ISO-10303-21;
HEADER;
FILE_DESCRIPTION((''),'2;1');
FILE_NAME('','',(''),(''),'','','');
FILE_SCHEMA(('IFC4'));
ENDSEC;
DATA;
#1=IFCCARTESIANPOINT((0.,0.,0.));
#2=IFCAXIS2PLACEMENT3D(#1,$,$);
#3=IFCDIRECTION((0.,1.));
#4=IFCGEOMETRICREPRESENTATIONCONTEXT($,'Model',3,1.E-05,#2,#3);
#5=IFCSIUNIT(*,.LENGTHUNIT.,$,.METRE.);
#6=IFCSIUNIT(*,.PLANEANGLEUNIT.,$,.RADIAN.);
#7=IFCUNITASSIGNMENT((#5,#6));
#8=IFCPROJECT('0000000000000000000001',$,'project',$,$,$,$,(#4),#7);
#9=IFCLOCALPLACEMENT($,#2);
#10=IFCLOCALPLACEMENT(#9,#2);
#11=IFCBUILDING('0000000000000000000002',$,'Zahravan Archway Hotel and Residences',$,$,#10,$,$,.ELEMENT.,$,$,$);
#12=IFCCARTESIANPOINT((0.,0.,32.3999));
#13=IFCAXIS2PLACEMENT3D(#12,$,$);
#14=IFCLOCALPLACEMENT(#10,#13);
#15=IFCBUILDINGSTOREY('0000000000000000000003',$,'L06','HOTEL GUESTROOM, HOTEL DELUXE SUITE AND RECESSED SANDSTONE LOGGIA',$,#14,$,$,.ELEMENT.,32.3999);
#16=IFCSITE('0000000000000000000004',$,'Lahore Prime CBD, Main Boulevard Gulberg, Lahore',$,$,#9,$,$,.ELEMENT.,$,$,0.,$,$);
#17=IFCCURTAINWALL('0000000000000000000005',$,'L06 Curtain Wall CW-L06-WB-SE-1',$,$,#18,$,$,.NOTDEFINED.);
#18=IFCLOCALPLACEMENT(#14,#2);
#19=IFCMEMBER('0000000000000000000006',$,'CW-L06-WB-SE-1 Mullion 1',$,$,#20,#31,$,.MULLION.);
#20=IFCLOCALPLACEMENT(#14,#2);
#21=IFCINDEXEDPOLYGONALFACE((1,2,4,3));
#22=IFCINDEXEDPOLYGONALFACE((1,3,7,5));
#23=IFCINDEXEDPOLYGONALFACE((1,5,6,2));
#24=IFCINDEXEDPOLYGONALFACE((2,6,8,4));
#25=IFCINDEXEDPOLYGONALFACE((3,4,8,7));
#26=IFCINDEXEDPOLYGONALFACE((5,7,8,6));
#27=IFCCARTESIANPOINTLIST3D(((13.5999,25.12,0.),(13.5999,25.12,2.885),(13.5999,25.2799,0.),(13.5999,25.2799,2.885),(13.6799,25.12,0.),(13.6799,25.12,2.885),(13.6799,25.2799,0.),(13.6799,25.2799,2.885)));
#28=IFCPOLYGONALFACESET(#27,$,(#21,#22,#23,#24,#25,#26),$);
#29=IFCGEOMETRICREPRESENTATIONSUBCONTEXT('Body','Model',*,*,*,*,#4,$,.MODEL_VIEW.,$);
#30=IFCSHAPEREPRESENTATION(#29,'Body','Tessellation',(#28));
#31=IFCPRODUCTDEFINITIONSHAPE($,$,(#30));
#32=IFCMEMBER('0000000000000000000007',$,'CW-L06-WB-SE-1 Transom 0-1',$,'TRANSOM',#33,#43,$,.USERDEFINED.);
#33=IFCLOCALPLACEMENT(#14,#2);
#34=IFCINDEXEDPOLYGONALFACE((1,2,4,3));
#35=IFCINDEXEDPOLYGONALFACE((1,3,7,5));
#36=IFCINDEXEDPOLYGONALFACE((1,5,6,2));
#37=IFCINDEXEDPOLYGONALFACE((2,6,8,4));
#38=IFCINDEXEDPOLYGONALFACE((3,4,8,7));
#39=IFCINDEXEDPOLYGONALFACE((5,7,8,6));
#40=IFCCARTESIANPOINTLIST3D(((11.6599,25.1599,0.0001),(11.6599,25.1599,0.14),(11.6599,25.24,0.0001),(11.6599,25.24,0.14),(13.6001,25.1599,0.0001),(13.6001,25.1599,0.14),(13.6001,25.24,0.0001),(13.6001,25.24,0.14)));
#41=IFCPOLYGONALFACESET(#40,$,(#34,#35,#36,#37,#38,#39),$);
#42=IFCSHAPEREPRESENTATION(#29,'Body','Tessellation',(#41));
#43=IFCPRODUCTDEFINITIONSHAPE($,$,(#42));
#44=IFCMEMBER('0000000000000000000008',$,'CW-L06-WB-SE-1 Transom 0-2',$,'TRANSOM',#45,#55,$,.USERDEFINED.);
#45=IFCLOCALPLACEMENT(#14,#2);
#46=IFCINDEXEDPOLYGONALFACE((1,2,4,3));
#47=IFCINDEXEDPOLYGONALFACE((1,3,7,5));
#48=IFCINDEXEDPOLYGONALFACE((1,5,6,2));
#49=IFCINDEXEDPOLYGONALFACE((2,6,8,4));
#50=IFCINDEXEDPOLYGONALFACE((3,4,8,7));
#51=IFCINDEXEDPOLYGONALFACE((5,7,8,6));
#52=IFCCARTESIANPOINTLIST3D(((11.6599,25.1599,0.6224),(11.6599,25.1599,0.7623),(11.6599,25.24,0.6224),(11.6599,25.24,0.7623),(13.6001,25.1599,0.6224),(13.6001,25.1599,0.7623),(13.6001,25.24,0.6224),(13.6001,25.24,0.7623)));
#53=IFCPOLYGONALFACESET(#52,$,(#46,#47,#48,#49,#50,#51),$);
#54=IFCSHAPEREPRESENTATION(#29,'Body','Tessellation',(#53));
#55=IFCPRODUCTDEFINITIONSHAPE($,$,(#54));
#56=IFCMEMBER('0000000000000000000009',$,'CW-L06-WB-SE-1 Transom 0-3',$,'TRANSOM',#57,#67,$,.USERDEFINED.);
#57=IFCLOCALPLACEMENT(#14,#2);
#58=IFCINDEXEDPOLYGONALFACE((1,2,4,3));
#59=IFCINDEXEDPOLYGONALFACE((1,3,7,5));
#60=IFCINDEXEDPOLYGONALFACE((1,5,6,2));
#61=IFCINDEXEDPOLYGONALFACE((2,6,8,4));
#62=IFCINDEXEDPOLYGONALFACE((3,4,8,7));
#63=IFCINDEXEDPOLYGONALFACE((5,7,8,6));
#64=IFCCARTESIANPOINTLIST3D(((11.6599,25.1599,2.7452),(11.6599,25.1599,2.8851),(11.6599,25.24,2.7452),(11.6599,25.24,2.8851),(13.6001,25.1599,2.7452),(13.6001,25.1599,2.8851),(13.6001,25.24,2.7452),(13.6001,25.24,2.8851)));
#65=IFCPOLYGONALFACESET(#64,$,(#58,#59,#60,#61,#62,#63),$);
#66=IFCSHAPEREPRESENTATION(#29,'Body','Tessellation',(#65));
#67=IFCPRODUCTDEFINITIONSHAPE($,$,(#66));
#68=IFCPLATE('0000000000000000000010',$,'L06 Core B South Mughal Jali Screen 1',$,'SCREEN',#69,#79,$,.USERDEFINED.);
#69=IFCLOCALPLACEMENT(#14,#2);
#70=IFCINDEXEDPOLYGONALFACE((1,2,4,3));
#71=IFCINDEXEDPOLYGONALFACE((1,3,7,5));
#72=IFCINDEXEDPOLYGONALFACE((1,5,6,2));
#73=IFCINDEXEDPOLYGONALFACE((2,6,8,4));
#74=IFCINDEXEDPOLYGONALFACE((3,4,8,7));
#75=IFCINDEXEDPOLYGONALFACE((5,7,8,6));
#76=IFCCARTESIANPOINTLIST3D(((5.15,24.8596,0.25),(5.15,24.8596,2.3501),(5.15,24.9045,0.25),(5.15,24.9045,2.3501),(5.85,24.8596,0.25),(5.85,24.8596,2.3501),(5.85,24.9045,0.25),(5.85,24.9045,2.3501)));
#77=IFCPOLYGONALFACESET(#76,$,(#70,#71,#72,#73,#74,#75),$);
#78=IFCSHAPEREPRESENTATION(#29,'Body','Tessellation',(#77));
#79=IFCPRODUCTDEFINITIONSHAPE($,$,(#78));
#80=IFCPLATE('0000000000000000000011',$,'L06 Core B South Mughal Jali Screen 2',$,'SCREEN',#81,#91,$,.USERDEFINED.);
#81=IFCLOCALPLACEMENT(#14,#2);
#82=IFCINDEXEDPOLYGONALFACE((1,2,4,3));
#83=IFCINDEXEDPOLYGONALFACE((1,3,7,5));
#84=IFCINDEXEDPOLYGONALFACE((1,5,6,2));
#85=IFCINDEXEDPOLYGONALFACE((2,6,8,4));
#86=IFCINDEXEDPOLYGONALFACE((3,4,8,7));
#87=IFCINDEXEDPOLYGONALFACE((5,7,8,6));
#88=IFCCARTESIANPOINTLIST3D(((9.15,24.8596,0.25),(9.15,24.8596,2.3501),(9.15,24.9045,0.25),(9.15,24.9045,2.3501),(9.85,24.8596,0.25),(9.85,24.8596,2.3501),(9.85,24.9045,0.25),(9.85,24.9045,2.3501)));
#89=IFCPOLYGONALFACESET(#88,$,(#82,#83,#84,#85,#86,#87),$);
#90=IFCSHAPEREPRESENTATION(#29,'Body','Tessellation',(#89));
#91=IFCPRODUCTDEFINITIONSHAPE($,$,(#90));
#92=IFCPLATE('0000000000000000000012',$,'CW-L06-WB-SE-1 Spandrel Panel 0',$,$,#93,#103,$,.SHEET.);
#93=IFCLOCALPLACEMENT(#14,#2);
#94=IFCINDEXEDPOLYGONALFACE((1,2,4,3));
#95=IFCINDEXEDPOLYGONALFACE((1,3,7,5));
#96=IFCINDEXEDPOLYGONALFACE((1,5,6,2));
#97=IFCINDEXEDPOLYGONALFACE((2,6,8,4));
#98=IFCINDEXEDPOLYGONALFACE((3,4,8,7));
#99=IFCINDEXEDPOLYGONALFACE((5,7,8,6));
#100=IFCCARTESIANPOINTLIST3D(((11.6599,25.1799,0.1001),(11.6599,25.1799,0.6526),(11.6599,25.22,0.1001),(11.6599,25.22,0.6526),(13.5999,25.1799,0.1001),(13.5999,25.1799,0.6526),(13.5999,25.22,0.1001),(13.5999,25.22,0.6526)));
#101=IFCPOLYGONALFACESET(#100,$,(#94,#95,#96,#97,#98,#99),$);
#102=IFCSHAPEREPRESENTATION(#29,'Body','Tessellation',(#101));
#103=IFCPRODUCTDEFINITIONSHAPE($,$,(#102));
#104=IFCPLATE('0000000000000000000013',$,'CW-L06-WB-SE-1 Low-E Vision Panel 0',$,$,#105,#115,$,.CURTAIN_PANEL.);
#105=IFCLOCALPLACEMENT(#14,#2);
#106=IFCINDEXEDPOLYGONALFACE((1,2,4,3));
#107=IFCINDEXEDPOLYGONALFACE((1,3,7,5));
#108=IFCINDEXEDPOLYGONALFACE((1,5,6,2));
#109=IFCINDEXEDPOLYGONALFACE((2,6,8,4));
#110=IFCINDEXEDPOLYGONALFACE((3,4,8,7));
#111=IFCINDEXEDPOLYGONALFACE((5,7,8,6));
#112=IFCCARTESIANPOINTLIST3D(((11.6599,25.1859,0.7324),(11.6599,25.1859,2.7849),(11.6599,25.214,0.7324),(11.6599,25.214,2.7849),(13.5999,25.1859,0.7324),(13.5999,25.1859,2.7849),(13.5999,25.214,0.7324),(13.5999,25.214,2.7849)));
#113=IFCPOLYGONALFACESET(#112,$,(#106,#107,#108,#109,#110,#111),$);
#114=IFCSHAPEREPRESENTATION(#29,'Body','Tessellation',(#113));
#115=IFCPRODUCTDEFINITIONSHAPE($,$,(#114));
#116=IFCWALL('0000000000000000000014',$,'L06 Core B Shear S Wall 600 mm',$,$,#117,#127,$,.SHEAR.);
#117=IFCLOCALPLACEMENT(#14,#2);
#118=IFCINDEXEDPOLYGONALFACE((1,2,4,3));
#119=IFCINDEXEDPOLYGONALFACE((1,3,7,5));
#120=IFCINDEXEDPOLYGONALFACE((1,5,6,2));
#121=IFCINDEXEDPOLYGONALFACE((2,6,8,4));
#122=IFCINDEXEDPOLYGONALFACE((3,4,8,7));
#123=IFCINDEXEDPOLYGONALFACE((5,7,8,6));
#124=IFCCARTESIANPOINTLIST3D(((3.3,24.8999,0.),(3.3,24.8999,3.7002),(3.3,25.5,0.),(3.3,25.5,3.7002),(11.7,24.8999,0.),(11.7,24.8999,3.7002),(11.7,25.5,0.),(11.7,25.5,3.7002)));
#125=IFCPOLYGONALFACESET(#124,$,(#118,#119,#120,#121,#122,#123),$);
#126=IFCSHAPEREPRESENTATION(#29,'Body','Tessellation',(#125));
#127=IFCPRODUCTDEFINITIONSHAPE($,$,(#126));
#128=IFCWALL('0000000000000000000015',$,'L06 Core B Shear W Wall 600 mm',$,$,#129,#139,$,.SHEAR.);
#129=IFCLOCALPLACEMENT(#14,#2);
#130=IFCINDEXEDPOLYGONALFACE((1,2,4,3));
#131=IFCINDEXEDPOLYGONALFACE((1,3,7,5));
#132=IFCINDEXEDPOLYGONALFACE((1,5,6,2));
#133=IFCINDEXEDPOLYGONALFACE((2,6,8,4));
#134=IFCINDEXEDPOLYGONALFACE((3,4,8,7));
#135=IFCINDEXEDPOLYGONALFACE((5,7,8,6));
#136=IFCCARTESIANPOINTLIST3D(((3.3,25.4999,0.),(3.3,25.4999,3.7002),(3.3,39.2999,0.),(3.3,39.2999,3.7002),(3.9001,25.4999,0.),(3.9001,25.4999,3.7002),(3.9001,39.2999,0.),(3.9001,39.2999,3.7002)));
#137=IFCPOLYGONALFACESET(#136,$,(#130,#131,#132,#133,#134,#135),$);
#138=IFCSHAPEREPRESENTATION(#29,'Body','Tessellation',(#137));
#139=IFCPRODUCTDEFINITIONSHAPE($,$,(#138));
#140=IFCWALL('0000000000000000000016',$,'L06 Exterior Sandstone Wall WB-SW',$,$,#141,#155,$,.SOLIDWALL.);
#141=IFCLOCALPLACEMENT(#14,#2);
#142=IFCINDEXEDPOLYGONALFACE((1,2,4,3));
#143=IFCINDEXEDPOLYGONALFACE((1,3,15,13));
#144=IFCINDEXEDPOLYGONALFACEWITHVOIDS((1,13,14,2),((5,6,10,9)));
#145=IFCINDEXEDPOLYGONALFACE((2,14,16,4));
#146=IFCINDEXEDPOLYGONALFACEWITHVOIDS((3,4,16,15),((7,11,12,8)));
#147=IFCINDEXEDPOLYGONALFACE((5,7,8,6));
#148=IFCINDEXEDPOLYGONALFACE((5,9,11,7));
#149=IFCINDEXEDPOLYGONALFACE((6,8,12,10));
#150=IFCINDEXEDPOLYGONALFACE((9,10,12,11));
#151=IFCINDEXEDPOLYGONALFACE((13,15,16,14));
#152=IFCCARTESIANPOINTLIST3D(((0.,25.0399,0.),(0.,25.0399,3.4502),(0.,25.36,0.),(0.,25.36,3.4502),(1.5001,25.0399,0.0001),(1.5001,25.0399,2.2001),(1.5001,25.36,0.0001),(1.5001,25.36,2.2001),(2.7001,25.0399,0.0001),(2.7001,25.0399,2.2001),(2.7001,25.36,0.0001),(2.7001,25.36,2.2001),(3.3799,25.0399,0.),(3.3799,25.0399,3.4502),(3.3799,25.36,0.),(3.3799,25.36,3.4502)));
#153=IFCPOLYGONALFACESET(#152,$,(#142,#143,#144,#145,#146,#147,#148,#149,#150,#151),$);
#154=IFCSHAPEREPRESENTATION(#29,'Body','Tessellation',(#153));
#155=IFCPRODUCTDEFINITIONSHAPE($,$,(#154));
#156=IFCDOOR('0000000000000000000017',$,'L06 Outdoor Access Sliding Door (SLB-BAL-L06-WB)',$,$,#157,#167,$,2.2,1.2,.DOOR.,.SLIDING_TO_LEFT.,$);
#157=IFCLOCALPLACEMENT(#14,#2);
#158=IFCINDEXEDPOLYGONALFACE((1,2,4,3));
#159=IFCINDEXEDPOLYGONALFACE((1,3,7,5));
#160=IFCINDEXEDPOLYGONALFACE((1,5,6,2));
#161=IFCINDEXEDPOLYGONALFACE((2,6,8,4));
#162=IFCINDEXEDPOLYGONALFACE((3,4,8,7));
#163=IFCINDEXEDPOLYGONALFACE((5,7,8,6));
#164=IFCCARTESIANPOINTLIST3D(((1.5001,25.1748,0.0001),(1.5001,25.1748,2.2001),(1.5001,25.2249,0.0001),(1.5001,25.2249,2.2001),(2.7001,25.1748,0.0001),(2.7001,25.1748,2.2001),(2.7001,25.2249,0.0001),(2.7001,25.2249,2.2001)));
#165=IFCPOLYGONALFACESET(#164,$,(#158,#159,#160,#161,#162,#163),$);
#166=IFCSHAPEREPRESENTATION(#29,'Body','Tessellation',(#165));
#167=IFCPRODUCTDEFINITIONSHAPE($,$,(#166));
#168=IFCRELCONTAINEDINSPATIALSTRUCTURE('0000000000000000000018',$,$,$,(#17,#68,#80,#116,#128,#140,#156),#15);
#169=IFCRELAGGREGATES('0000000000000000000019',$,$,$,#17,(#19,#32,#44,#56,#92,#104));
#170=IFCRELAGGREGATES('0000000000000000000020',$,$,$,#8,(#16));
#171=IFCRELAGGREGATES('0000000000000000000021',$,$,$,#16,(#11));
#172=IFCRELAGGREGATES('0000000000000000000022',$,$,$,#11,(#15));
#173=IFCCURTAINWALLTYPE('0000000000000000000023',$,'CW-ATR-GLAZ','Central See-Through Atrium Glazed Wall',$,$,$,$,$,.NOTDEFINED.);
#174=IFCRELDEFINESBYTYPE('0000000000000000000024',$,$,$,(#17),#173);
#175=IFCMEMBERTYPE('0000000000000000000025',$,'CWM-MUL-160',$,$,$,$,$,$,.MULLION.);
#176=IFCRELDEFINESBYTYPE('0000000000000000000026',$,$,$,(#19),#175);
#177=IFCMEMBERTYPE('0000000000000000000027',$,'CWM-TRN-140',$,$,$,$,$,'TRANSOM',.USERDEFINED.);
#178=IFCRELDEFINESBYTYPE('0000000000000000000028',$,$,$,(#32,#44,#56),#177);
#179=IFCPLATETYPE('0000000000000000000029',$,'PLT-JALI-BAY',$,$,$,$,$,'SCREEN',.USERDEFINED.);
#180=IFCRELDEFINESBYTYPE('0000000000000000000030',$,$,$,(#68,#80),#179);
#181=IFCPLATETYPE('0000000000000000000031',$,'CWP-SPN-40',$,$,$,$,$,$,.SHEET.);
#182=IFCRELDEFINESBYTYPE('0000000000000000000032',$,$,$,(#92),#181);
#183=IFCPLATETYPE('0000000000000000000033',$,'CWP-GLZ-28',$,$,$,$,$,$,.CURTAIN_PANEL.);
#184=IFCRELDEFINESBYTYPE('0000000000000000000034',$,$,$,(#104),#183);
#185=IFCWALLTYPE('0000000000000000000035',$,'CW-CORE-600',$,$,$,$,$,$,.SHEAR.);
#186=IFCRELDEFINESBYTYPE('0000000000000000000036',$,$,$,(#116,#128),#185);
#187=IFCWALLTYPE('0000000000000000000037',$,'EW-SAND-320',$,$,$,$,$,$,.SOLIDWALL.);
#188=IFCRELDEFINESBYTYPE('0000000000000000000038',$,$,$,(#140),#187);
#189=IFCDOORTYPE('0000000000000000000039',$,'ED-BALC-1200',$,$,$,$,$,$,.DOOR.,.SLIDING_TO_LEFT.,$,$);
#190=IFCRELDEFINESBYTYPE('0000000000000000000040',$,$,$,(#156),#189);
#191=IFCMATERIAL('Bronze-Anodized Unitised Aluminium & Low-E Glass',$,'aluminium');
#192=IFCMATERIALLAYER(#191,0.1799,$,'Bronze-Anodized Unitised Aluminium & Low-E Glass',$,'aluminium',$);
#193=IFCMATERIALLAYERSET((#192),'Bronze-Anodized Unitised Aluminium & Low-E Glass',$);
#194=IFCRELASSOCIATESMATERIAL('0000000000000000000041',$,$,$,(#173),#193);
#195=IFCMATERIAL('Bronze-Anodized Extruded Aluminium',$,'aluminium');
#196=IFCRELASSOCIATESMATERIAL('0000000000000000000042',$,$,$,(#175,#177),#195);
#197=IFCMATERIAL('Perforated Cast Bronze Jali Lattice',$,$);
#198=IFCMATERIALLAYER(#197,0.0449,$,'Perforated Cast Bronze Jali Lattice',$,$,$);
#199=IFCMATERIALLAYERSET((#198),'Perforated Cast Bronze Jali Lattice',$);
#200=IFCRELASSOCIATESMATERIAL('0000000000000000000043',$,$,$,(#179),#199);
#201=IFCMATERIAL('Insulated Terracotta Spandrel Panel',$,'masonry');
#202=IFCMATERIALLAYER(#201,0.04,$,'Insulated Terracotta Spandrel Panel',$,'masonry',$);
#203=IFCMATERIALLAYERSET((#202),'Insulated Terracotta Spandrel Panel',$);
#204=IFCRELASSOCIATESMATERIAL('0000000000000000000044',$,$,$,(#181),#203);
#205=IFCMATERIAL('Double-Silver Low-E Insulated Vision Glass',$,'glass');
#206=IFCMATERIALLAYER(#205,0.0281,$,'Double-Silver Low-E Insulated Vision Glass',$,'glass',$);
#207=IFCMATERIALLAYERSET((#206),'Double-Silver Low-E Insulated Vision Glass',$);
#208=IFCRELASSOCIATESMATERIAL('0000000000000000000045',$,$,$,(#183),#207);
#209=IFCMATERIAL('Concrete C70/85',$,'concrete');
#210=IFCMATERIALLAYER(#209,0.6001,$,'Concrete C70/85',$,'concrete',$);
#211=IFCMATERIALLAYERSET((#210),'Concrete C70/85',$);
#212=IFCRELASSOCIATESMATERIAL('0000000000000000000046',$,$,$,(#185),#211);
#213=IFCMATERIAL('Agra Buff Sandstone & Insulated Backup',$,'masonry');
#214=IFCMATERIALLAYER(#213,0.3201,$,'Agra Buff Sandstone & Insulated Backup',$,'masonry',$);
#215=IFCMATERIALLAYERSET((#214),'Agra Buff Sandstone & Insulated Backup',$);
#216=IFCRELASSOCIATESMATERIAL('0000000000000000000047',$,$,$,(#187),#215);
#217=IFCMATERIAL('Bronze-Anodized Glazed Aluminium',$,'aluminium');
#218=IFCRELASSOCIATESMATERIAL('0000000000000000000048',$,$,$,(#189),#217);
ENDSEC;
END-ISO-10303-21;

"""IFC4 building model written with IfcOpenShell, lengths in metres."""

from ifc_helpers import new_model, si_unit, direction, frame, frame_2d, origin, origin_2d, place, context, subcontext, project, spatial, rectangle, extrude, source, transform, mapped, material, layer, layer_set, material_profile, profile_set, type_object, type_shapes, element, fill, aggregate, save


model = new_model("IFC4")

# Units and contexts
model_context = context("Model", 3, precision=1e-05, world=origin(), true_north=direction((0.0, 1.0)))
body_context = subcontext(model_context, "Body", "Model", "MODEL_VIEW")
ifc_project = project(units=[si_unit("LENGTHUNIT", "METRE"), si_unit("PLANEANGLEUNIT", "RADIAN")], contexts=[model_context])

# Site, building, storey
site_placement = place(None, origin())
site = spatial("IfcSite", under=ifc_project, at=site_placement, Name="Lahore Prime CBD, Main Boulevard Gulberg, Lahore", CompositionType="ELEMENT", RefElevation=0.0)
building_placement = place(site_placement, origin())
building = spatial("IfcBuilding", under=site, at=building_placement, Name="Zahravan Archway Hotel and Residences", CompositionType="ELEMENT")
storey_placement = place(building_placement, frame((0.0, 0.0, 32.3999)))
storey = spatial("IfcBuildingStorey", under=building, at=storey_placement, Name="L06", Description="HOTEL GUESTROOM, HOTEL DELUXE SUITE AND RECESSED SANDSTONE LOGGIA", CompositionType="ELEMENT", Elevation=32.3999)

# Shared definitions
ifc_material_1 = material(Name="Concrete C70/85", Category="concrete")

# Curtain wall, members
ifc_material_2 = material(Name="Bronze-Anodized Unitised Aluminium & Low-E Glass", Category="aluminium")
ifc_layer_1 = layer(ifc_material_2, 0.1799, Name="Bronze-Anodized Unitised Aluminium & Low-E Glass", Category="aluminium")
ifc_layer_set_1 = layer_set([ifc_layer_1], Name="Bronze-Anodized Unitised Aluminium & Low-E Glass")
curtain_wall_type = type_object("IfcCurtainWallType", Name="CW-ATR-GLAZ", Description="Central See-Through Atrium Glazed Wall", PredefinedType="NOTDEFINED", material=ifc_layer_set_1)
curtain_wall_placement = place(storey_placement, origin())
curtain_wall = element("IfcCurtainWall", 1, at=curtain_wall_placement, inside=storey, type_object=curtain_wall_type, Name="L06 Curtain Wall CW-L06-WB-SE-1", PredefinedType="NOTDEFINED")
ifc_material_3 = material(Name="Bronze-Anodized Extruded Aluminium", Category="aluminium")
ifc_material_profile_1 = material_profile(ifc_material_3, rectangle(XDim=0.0801, YDim=0.1599, at=origin_2d()), Name="MUL 80x160", Category="aluminium")
ifc_profile_set_1 = profile_set([ifc_material_profile_1], Name="Bronze-Anodized Extruded Aluminium")
member_type_1 = type_object("IfcMemberType", Name="CWM-MUL-160", PredefinedType="MULLION", material=ifc_profile_set_1)
shared_shape_1 = source(origin(), body_context, "Body", "SweptSolid", [
    extrude(rectangle(XDim=0.0801, YDim=0.1599, at=origin_2d()), origin(), (0.0, 0.0, 1.0), 2.885),
])
member_1_placement = place(storey_placement, frame((13.6399, 25.2, 0.0), z_axis=(0.0, 0.0, 1.0), x_axis=(1.0, 0.0, 0.0)))
member_1 = element("IfcMember", 2, at=member_1_placement, type_object=member_type_1, Name="CW-L06-WB-SE-1 Mullion 1", PredefinedType="MULLION", context=body_context, shape_type="MappedRepresentation", body=[
    mapped(shared_shape_1, transform((0.0, 0.0, 0.0), scale=1.0)),
])
ifc_material_profile_2 = material_profile(ifc_material_3, rectangle(XDim=0.0801, YDim=0.1399, at=origin_2d()), Name="TRN 80x140", Category="aluminium")
ifc_profile_set_2 = profile_set([ifc_material_profile_2], Name="Bronze-Anodized Extruded Aluminium")
member_type_2 = type_object("IfcMemberType", Name="CWM-TRN-140", ElementType="TRANSOM", PredefinedType="USERDEFINED", material=ifc_profile_set_2)
shared_shape_2 = source(origin(), body_context, "Body", "SweptSolid", [
    extrude(rectangle(XDim=0.0801, YDim=0.1399, at=origin_2d()), origin(), (0.0, 0.0, 1.0), 1.9402),
])
member_2_placement = place(storey_placement, frame((11.6599, 25.2, 0.0701), z_axis=(1.0, 0.0, 0.0), x_axis=(0.0, 1.0, 0.0)))
member_2 = element("IfcMember", 3, at=member_2_placement, type_object=member_type_2, Name="CW-L06-WB-SE-1 Transom 0-1", ObjectType="TRANSOM", PredefinedType="USERDEFINED", context=body_context, shape_type="MappedRepresentation", body=[
    mapped(shared_shape_2, transform((0.0, 0.0, 0.0), scale=1.0)),
])
member_3_placement = place(storey_placement, frame((11.6599, 25.2, 0.6924), z_axis=(1.0, 0.0, 0.0), x_axis=(0.0, 1.0, 0.0)))
member_3 = element("IfcMember", 4, at=member_3_placement, type_object=member_type_2, Name="CW-L06-WB-SE-1 Transom 0-2", ObjectType="TRANSOM", PredefinedType="USERDEFINED", context=body_context, shape_type="MappedRepresentation", body=[
    mapped(shared_shape_2, transform((0.0, 0.0, 0.0), scale=1.0)),
])
member_4_placement = place(storey_placement, frame((11.6599, 25.2, 2.8152), z_axis=(1.0, 0.0, 0.0), x_axis=(0.0, 1.0, 0.0)))
member_4 = element("IfcMember", 5, at=member_4_placement, type_object=member_type_2, Name="CW-L06-WB-SE-1 Transom 0-3", ObjectType="TRANSOM", PredefinedType="USERDEFINED", context=body_context, shape_type="MappedRepresentation", body=[
    mapped(shared_shape_2, transform((0.0, 0.0, 0.0), scale=1.0)),
])

# Plates
ifc_material_4 = material(Name="Perforated Cast Bronze Jali Lattice")
ifc_layer_2 = layer(ifc_material_4, 0.0449, Name="Perforated Cast Bronze Jali Lattice")
ifc_layer_set_2 = layer_set([ifc_layer_2], Name="Perforated Cast Bronze Jali Lattice")
plate_type_1 = type_object("IfcPlateType", Name="PLT-JALI-BAY", ElementType="SCREEN", PredefinedType="USERDEFINED", material=ifc_layer_set_2)
shared_shape_3 = source(origin(), body_context, "Body", "SweptSolid", [
    extrude(rectangle(XDim=0.7, YDim=0.0449, at=origin_2d()), origin(), (0.0, 0.0, 1.0), 2.1001),
])
type_shapes(plate_type_1, [shared_shape_3])
for number, where, z_axis, x_axis, name in (
    (6, (5.5, 24.8821, 0.25), (0.0, 0.0, 1.0), (1.0, 0.0, 0.0), "L06 Core B South Mughal Jali Screen 1"),
    (7, (9.5, 24.8821, 0.25), (0.0, 0.0, 1.0), (1.0, 0.0, 0.0), "L06 Core B South Mughal Jali Screen 2"),
):
    element("IfcPlate", number, at=place(storey_placement, frame(where, z_axis=z_axis, x_axis=x_axis)), inside=storey, type_object=plate_type_1, Name=name, ObjectType="SCREEN", PredefinedType="USERDEFINED", context=body_context, shape_type="MappedRepresentation", body=[
        mapped(shared_shape_3, transform((0.0, 0.0, 0.0), scale=1.0)),
    ])

# Plates
ifc_material_5 = material(Name="Insulated Terracotta Spandrel Panel", Category="masonry")
ifc_layer_3 = layer(ifc_material_5, 0.04, Name="Insulated Terracotta Spandrel Panel", Category="masonry")
ifc_layer_set_3 = layer_set([ifc_layer_3], Name="Insulated Terracotta Spandrel Panel")
plate_type_2 = type_object("IfcPlateType", Name="CWP-SPN-40", PredefinedType="SHEET", material=ifc_layer_set_3)
shared_shape_4 = source(origin(), body_context, "Body", "SweptSolid", [
    extrude(rectangle(XDim=1.9399, YDim=0.04, at=origin_2d()), origin(), (0.0, 0.0, 1.0), 0.5525),
])
plate_1_placement = place(storey_placement, frame((12.6299, 25.2, 0.1001), z_axis=(0.0, 0.0, 1.0), x_axis=(1.0, 0.0, 0.0)))
plate_1 = element("IfcPlate", 8, at=plate_1_placement, type_object=plate_type_2, Name="CW-L06-WB-SE-1 Spandrel Panel 0", PredefinedType="SHEET", context=body_context, shape_type="MappedRepresentation", body=[
    mapped(shared_shape_4, transform((0.0, 0.0, 0.0), scale=1.0)),
])
ifc_material_6 = material(Name="Double-Silver Low-E Insulated Vision Glass", Category="glass")
ifc_layer_4 = layer(ifc_material_6, 0.0281, Name="Double-Silver Low-E Insulated Vision Glass", Category="glass")
ifc_layer_set_4 = layer_set([ifc_layer_4], Name="Double-Silver Low-E Insulated Vision Glass")
plate_type_3 = type_object("IfcPlateType", Name="CWP-GLZ-28", PredefinedType="CURTAIN_PANEL", material=ifc_layer_set_4)
shared_shape_5 = source(origin(), body_context, "Body", "SweptSolid", [
    extrude(rectangle(XDim=1.9399, YDim=0.0281, at=origin_2d()), origin(), (0.0, 0.0, 1.0), 2.0525),
])
plate_2_placement = place(storey_placement, frame((12.6299, 25.2, 0.7324), z_axis=(0.0, 0.0, 1.0), x_axis=(1.0, 0.0, 0.0)))
plate_2 = element("IfcPlate", 9, at=plate_2_placement, type_object=plate_type_3, Name="CW-L06-WB-SE-1 Low-E Vision Panel 0", PredefinedType="CURTAIN_PANEL", context=body_context, shape_type="MappedRepresentation", body=[
    mapped(shared_shape_5, transform((0.0, 0.0, 0.0), scale=1.0)),
])
aggregate(curtain_wall, [member_1, member_2, member_3, member_4, plate_1, plate_2])

# Walls
ifc_layer_5 = layer(ifc_material_1, 0.6001, Name="Concrete C70/85", Category="concrete")
ifc_layer_set_5 = layer_set([ifc_layer_5], Name="Concrete C70/85")
wall_type_1 = type_object("IfcWallType", Name="CW-CORE-600", PredefinedType="SHEAR", material=ifc_layer_set_5)
wall_1_placement = place(storey_placement, frame((3.3, 25.2, 0.0), z_axis=(0.0, 0.0, 1.0), x_axis=(1.0, 0.0, 0.0)))
element("IfcWall", 10, at=wall_1_placement, inside=storey, type_object=wall_type_1, Name="L06 Core B Shear S Wall 600 mm", PredefinedType="SHEAR", context=body_context, shape_type="SweptSolid", body=[
    extrude(rectangle(XDim=8.3999, YDim=0.6001, at=frame_2d((4.2, 0.0))), origin(), (0.0, 0.0, 1.0), 3.7002),
])
wall_2_placement = place(storey_placement, frame((3.6001, 25.5, 0.0), z_axis=(0.0, 0.0, 1.0), x_axis=(0.0, 1.0, 0.0)))
element("IfcWall", 11, at=wall_2_placement, inside=storey, type_object=wall_type_1, Name="L06 Core B Shear W Wall 600 mm", PredefinedType="SHEAR", context=body_context, shape_type="SweptSolid", body=[
    extrude(rectangle(XDim=13.8, YDim=0.6001, at=frame_2d((6.8999, 0.0))), origin(), (0.0, 0.0, 1.0), 3.7002),
])

# Wall, opening, door
ifc_material_7 = material(Name="Agra Buff Sandstone & Insulated Backup", Category="masonry")
ifc_layer_6 = layer(ifc_material_7, 0.3201, Name="Agra Buff Sandstone & Insulated Backup", Category="masonry")
ifc_layer_set_6 = layer_set([ifc_layer_6], Name="Agra Buff Sandstone & Insulated Backup")
wall_type_2 = type_object("IfcWallType", Name="EW-SAND-320", PredefinedType="SOLIDWALL", material=ifc_layer_set_6)
wall_3_placement = place(storey_placement, frame((0.0, 25.2, 0.0), z_axis=(0.0, 0.0, 1.0), x_axis=(1.0, 0.0, 0.0)))
wall_3 = element("IfcWall", 12, at=wall_3_placement, inside=storey, type_object=wall_type_2, Name="L06 Exterior Sandstone Wall WB-SW", PredefinedType="SOLIDWALL", context=body_context, shape_type="SweptSolid", body=[
    extrude(rectangle(XDim=3.3799, YDim=0.3201, at=frame_2d((1.6899, 0.0))), origin(), (0.0, 0.0, 1.0), 3.4502),
])
opening_1_placement = place(wall_3_placement, frame((1.5, 0.0, 0.0)))
opening_1 = element("IfcOpeningElement", 13, at=opening_1_placement, cuts=wall_3, PredefinedType="OPENING", context=body_context, shape_type="SweptSolid", body=[
    extrude(rectangle(XDim=1.2, YDim=2.2, at=frame_2d((0.6001, 1.1001))), frame((0.0, 0.1699, 0.0), z_axis=(0.0, -1.0, 0.0), x_axis=(1.0, 0.0, 0.0)), (0.0, 0.0, 1.0), 0.3401),
])
ifc_material_8 = material(Name="Bronze-Anodized Glazed Aluminium", Category="aluminium")
door_type = type_object("IfcDoorType", Name="ED-BALC-1200", OperationType="SLIDING_TO_LEFT", PredefinedType="DOOR", material=ifc_material_8)
shared_shape_6 = source(origin(), body_context, "Body", "SweptSolid", [
    extrude(rectangle(XDim=1.2, YDim=2.2, at=frame_2d((0.6001, 1.1001))), frame((0.0, 0.0249, 0.0), z_axis=(0.0, -1.0, 0.0), x_axis=(1.0, 0.0, 0.0)), (0.0, 0.0, 1.0), 0.05),
])
type_shapes(door_type, [shared_shape_6])
door_placement = place(opening_1_placement, origin())
door = element("IfcDoor", 14, at=door_placement, inside=storey, type_object=door_type, Name="L06 Outdoor Access Sliding Door (SLB-BAL-L06-WB)", OperationType="SLIDING_TO_LEFT", OverallHeight=2.2, OverallWidth=1.2, PredefinedType="DOOR", context=body_context, shape_type="MappedRepresentation", body=[
    mapped(shared_shape_6, transform((0.0, 0.0, 0.0), scale=1.0)),
])
fill(opening_1, door)

save(model, "model.ifc")
